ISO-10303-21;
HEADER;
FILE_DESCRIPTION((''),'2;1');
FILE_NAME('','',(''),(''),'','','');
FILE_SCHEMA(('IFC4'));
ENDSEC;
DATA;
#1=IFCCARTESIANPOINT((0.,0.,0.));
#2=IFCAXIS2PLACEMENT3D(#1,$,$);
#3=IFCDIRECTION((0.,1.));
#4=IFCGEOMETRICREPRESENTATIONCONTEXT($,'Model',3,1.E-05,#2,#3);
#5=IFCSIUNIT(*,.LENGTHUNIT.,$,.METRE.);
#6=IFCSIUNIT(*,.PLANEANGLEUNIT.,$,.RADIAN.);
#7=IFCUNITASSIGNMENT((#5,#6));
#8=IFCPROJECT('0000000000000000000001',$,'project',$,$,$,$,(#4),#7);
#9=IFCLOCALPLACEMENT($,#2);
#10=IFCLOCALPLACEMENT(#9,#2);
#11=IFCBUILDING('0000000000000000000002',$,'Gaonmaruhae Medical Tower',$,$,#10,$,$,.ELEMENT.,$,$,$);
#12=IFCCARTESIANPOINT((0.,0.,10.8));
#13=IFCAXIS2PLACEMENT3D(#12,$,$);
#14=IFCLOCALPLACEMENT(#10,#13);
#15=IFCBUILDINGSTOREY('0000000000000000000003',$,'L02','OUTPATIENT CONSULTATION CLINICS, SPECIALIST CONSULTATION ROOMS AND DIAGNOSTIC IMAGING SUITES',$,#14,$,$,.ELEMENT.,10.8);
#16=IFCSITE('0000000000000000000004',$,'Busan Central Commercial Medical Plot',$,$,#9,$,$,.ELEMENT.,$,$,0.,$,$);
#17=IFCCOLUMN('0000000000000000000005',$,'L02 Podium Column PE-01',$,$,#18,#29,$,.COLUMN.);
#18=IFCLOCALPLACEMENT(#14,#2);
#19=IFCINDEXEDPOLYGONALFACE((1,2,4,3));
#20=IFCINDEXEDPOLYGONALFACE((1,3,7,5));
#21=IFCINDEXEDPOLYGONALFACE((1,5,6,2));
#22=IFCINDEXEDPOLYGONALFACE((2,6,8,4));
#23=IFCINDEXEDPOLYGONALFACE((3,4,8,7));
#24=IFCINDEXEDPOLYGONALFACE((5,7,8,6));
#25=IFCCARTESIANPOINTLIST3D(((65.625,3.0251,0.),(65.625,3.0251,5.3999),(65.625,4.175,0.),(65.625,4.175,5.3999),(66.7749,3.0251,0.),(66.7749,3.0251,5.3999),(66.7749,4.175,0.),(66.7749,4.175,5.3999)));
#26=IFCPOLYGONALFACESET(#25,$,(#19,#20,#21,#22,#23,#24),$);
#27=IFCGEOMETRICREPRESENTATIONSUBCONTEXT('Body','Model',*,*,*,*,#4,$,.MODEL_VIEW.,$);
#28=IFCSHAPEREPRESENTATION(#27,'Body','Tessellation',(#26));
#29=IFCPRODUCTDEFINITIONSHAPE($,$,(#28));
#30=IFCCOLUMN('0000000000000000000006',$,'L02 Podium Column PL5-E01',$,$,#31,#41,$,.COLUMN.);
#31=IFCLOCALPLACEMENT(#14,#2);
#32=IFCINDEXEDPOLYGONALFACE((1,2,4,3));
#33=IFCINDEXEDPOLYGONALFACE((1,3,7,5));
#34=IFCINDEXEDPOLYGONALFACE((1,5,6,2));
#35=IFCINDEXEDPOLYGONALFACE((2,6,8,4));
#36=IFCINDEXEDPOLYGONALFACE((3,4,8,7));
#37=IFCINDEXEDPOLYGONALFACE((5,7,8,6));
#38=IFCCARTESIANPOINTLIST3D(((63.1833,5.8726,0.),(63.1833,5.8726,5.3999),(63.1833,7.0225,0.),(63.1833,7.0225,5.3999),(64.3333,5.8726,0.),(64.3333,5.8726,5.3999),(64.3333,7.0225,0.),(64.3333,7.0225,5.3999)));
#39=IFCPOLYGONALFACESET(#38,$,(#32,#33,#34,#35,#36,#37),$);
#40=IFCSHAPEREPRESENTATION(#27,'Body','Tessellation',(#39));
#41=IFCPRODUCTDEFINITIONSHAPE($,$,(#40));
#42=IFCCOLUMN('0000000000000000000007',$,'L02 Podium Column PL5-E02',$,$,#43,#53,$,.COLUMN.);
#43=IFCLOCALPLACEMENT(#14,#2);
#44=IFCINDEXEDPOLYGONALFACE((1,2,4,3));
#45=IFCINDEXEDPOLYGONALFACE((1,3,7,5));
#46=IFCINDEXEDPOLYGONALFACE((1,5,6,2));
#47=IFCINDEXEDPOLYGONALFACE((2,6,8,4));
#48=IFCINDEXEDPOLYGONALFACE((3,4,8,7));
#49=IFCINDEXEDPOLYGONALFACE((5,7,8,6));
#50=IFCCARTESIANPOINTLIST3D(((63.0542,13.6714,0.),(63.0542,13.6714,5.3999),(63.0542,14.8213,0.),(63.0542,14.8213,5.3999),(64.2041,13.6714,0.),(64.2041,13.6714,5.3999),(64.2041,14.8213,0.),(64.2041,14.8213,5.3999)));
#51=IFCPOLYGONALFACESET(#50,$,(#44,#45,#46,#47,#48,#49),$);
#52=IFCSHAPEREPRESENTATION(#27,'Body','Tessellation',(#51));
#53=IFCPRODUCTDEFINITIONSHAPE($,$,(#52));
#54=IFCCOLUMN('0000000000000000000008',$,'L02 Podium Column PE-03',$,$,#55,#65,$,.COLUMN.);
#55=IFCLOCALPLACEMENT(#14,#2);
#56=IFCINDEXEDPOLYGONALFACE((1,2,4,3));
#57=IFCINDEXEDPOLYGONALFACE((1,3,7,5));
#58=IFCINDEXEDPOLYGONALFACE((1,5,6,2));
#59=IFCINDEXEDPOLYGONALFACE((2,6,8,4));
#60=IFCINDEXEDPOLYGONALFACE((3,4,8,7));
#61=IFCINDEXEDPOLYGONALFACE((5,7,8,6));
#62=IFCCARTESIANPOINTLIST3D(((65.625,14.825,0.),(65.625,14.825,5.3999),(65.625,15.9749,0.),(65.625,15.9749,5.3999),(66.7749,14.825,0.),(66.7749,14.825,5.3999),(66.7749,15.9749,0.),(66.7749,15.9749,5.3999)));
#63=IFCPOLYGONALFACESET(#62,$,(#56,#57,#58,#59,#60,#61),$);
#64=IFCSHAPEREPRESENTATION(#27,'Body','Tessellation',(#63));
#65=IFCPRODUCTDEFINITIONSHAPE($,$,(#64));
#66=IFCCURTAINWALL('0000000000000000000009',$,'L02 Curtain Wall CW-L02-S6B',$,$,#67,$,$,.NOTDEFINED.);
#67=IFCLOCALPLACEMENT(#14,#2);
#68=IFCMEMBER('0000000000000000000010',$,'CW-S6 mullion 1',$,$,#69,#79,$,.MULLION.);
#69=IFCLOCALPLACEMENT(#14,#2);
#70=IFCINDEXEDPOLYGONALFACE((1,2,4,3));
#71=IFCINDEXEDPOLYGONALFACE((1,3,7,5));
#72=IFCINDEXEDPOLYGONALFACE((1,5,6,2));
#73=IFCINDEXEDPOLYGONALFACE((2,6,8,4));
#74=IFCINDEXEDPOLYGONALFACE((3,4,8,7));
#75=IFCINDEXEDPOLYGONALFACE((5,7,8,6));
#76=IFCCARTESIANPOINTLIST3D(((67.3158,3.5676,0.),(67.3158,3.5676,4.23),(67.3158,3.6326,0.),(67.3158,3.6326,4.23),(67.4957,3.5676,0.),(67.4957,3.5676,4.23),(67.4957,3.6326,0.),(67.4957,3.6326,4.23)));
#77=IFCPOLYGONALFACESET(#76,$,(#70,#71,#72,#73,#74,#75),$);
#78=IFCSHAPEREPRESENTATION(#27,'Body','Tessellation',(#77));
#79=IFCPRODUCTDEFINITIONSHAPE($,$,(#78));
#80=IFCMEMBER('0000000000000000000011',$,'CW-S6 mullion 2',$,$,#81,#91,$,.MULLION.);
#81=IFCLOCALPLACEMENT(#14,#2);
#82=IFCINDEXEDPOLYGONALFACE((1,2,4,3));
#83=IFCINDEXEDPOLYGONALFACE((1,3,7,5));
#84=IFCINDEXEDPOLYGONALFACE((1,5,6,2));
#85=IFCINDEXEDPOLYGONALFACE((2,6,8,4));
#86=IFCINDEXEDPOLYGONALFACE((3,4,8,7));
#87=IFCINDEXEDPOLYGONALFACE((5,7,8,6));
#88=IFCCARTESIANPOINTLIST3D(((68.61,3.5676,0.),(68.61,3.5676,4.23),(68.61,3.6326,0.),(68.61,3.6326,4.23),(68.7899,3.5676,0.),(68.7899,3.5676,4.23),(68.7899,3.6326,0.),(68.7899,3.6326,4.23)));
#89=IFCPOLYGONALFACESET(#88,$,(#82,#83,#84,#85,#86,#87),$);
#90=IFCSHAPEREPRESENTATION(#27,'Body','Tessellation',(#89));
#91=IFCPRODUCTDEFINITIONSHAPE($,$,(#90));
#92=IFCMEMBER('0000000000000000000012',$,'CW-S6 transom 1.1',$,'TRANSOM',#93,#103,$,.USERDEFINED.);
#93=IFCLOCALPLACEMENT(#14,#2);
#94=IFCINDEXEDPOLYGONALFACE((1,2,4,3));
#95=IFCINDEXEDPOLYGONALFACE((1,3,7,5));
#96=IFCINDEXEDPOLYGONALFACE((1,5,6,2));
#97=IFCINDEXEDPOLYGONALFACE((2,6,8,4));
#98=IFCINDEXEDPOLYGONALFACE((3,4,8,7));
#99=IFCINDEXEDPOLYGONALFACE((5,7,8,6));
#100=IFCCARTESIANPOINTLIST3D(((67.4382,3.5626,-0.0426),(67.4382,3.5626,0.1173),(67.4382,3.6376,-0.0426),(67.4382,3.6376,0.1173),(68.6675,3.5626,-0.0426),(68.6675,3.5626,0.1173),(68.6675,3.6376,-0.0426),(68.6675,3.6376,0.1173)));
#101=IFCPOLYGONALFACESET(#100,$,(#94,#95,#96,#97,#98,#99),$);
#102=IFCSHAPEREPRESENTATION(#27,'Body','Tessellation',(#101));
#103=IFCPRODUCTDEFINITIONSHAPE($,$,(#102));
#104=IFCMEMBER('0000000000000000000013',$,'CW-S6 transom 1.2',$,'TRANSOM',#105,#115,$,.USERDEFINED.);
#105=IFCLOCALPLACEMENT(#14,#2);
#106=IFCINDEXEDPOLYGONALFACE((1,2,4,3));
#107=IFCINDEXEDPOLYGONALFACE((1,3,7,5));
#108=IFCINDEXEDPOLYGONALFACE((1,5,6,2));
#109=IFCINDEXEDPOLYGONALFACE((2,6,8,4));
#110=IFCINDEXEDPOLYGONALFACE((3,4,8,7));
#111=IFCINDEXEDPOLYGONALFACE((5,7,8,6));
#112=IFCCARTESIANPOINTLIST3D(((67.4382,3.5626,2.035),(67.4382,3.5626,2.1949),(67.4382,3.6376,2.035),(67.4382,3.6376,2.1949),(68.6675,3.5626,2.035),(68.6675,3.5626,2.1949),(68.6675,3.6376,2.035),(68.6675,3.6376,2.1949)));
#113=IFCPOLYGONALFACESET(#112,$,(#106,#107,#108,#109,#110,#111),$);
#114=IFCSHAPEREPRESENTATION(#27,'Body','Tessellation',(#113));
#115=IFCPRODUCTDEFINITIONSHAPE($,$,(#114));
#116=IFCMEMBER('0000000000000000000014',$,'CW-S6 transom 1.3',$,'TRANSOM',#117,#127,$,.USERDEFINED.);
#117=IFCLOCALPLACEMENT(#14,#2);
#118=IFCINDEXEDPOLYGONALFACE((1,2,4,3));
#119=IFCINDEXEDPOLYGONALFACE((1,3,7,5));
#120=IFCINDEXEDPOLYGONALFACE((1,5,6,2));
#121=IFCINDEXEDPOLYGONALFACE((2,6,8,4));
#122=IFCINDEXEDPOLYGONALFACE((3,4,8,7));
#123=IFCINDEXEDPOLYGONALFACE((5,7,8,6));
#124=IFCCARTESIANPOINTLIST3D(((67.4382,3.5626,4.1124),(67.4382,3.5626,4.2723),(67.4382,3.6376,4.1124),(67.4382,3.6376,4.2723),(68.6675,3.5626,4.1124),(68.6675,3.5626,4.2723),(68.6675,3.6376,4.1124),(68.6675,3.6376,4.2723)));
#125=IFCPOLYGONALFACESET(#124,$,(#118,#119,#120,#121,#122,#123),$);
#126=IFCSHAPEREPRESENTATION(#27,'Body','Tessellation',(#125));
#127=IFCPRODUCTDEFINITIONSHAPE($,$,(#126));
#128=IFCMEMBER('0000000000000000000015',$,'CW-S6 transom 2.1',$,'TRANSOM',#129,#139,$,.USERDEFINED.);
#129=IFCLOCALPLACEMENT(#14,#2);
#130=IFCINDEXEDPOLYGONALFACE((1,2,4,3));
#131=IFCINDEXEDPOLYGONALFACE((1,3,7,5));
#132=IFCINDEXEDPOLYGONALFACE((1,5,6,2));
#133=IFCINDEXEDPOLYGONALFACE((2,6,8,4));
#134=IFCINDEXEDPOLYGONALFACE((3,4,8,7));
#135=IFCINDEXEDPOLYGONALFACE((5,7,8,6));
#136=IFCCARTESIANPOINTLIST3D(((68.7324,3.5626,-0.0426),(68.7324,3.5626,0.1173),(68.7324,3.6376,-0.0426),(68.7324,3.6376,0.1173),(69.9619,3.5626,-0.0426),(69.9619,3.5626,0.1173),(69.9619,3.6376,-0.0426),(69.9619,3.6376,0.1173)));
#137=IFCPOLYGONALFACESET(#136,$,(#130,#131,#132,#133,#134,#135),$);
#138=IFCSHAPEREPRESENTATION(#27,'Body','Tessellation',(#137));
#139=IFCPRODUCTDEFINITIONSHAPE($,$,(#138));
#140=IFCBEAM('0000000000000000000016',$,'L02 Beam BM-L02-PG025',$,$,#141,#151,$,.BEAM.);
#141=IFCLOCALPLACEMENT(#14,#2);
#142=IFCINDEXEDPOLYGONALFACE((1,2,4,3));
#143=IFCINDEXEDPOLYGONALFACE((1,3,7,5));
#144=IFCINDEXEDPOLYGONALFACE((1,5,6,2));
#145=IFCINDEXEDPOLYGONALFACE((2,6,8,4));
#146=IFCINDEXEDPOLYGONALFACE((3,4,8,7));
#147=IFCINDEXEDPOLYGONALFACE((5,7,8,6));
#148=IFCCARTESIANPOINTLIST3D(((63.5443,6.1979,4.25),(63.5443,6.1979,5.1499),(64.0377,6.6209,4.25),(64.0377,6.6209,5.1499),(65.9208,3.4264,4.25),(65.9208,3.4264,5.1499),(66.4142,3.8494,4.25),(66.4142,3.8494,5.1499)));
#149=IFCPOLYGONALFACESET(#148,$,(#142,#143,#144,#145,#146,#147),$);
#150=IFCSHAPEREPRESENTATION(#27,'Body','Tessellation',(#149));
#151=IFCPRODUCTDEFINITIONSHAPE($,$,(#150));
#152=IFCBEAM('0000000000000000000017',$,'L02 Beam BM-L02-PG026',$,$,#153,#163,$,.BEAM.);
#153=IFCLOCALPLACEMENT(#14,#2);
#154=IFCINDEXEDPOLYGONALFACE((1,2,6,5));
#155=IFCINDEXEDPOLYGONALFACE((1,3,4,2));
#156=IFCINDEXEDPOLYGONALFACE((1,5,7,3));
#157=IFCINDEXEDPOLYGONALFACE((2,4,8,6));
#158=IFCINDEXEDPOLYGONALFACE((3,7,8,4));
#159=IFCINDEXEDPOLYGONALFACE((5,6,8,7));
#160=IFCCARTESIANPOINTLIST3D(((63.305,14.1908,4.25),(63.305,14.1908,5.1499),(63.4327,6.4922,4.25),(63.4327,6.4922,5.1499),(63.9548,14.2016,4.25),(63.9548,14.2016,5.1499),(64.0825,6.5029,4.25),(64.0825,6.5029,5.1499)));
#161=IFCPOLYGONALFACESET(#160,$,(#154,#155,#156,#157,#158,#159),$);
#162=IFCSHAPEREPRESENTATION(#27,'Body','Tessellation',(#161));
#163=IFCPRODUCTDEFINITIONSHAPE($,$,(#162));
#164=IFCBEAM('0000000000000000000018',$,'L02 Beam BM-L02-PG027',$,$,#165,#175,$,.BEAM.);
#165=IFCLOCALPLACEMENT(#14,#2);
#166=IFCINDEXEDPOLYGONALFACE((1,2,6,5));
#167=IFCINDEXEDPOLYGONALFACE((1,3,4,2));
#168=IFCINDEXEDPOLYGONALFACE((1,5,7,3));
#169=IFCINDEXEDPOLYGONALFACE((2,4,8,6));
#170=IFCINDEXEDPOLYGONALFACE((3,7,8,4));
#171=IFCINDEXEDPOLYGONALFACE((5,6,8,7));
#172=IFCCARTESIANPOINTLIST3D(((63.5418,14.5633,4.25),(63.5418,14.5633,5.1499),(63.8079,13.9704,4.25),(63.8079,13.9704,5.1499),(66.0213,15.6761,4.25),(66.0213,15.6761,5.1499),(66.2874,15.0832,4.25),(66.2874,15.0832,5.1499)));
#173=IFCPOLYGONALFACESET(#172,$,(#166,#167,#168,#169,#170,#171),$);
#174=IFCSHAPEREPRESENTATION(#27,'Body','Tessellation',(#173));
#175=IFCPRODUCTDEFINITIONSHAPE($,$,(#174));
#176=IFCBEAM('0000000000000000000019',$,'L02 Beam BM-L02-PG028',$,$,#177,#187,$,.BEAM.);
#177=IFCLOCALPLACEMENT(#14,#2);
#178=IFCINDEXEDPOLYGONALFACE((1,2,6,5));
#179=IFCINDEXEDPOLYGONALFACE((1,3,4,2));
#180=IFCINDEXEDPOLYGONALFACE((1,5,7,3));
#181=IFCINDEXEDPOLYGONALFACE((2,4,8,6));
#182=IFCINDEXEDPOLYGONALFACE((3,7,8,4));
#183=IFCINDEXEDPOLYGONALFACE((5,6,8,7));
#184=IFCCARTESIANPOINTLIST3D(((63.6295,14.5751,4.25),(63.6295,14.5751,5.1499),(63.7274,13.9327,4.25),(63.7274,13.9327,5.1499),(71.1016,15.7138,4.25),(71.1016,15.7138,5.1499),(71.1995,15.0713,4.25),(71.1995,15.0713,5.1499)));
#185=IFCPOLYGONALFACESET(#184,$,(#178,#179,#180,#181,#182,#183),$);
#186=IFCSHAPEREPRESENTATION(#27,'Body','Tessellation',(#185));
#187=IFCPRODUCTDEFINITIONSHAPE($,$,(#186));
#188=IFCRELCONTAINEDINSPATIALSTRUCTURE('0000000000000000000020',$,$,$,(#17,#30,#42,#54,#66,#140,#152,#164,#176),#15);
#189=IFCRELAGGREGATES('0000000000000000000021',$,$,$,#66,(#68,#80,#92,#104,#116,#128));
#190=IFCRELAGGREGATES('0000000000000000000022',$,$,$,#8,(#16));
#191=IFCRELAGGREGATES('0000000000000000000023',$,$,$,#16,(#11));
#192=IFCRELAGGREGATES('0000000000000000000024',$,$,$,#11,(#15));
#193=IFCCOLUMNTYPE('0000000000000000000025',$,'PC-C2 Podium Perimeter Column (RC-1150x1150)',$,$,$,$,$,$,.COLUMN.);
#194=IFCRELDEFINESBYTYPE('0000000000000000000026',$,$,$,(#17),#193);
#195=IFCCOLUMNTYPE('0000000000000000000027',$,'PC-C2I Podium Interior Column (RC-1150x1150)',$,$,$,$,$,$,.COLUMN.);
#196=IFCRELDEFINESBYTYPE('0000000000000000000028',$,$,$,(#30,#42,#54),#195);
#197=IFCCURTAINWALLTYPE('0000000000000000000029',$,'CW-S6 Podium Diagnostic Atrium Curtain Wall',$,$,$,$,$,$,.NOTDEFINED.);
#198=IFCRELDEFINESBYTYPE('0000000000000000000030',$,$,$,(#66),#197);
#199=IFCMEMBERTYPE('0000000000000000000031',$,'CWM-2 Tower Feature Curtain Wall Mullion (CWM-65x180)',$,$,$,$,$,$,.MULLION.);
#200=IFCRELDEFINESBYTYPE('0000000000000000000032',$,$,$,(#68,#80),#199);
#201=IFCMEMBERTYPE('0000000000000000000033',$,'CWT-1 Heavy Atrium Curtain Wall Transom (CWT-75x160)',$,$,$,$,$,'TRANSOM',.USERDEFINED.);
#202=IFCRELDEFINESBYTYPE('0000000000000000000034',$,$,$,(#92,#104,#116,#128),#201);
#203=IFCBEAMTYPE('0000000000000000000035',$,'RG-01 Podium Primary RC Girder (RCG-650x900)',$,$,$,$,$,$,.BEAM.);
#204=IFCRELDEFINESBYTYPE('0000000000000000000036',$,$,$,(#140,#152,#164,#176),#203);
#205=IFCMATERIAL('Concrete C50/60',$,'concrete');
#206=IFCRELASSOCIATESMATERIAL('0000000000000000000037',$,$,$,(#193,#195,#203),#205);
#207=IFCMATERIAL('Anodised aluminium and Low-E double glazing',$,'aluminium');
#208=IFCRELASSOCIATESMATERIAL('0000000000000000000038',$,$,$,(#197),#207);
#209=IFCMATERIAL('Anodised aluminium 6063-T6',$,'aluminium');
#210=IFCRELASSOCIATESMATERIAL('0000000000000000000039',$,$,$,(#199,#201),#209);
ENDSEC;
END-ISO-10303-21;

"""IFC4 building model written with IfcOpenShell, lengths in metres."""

from ifc_helpers import new_model, si_unit, direction, frame, origin, origin_2d, place, context, subcontext, project, spatial, rectangle, extrude, material, material_profile, profile_set, type_object, element, aggregate, save


model = new_model("IFC4")

# Units and contexts
model_context = context("Model", 3, precision=1e-05, world=origin(), true_north=direction((0.0, 1.0)))
body_context = subcontext(model_context, "Body", "Model", "MODEL_VIEW")
ifc_project = project(units=[si_unit("LENGTHUNIT", "METRE"), si_unit("PLANEANGLEUNIT", "RADIAN")], contexts=[model_context])

# Site, building, storey
site_placement = place(None, origin())
site = spatial("IfcSite", under=ifc_project, at=site_placement, Name="Busan Central Commercial Medical Plot", CompositionType="ELEMENT", RefElevation=0.0)
building_placement = place(site_placement, origin())
building = spatial("IfcBuilding", under=site, at=building_placement, Name="Gaonmaruhae Medical Tower", CompositionType="ELEMENT")
storey_placement = place(building_placement, frame((0.0, 0.0, 10.8)))
storey = spatial("IfcBuildingStorey", under=building, at=storey_placement, Name="L02", Description="OUTPATIENT CONSULTATION CLINICS, SPECIALIST CONSULTATION ROOMS AND DIAGNOSTIC IMAGING SUITES", CompositionType="ELEMENT", Elevation=10.8)

# Columns
ifc_material_1 = material(Name="Concrete C50/60", Category="concrete")
ifc_material_profile_1 = material_profile(ifc_material_1, rectangle(XDim=1.1499, YDim=1.1499, at=origin_2d()), Name="RC-1150x1150")
ifc_profile_set_1 = profile_set([ifc_material_profile_1], Name="Concrete C50/60")
column_type_1 = type_object("IfcColumnType", Name="PC-C2 Podium Perimeter Column (RC-1150x1150)", PredefinedType="COLUMN", material=ifc_profile_set_1)
column_placement = place(storey_placement, frame((66.2, 3.6001, 0.0), z_axis=(0.0, 0.0, 1.0), x_axis=(1.0, 0.0, 0.0)))
element("IfcColumn", 1, at=column_placement, inside=storey, type_object=column_type_1, Name="L02 Podium Column PE-01", PredefinedType="COLUMN", context=body_context, shape_type="SweptSolid", body=[
    extrude(rectangle(XDim=1.1499, YDim=1.1499, at=origin_2d()), origin(), (0.0, 0.0, 1.0), 5.3999),
])
ifc_material_profile_2 = material_profile(ifc_material_1, rectangle(XDim=1.1499, YDim=1.1499, at=origin_2d()), Name="RC-1150x1150")
ifc_profile_set_2 = profile_set([ifc_material_profile_2], Name="Concrete C50/60")
column_type_2 = type_object("IfcColumnType", Name="PC-C2I Podium Interior Column (RC-1150x1150)", PredefinedType="COLUMN", material=ifc_profile_set_2)
for number, where, z_axis, x_axis, name in (
    (2, (63.7583, 6.4475, 0.0), (0.0, 0.0, 1.0), (1.0, 0.0, 0.0), "L02 Podium Column PL5-E01"),
    (3, (63.6292, 14.2463, 0.0), (0.0, 0.0, 1.0), (1.0, 0.0, 0.0), "L02 Podium Column PL5-E02"),
    (4, (66.2, 15.3999, 0.0), (0.0, 0.0, 1.0), (1.0, 0.0, 0.0), "L02 Podium Column PE-03"),
):
    element("IfcColumn", number, at=place(storey_placement, frame(where, z_axis=z_axis, x_axis=x_axis)), inside=storey, type_object=column_type_2, Name=name, PredefinedType="COLUMN", context=body_context, shape_type="SweptSolid", body=[
        extrude(rectangle(XDim=1.1499, YDim=1.1499, at=origin_2d()), origin(), (0.0, 0.0, 1.0), 5.3999),
    ])

# Curtain wall, members
ifc_material_2 = material(Name="Anodised aluminium and Low-E double glazing", Category="aluminium")
curtain_wall_type = type_object("IfcCurtainWallType", Name="CW-S6 Podium Diagnostic Atrium Curtain Wall", PredefinedType="NOTDEFINED", material=ifc_material_2)
curtain_wall_placement = place(storey_placement, origin())
curtain_wall = element("IfcCurtainWall", 5, at=curtain_wall_placement, inside=storey, type_object=curtain_wall_type, Name="L02 Curtain Wall CW-L02-S6B", PredefinedType="NOTDEFINED")
ifc_material_3 = material(Name="Anodised aluminium 6063-T6", Category="aluminium")
ifc_material_profile_3 = material_profile(ifc_material_3, rectangle(XDim=0.0649, YDim=0.1799, at=origin_2d()), Name="CWM-65x180")
ifc_profile_set_3 = profile_set([ifc_material_profile_3], Name="Anodised aluminium 6063-T6")
member_type_1 = type_object("IfcMemberType", Name="CWM-2 Tower Feature Curtain Wall Mullion (CWM-65x180)", PredefinedType="MULLION", material=ifc_profile_set_3)
member_1_placement = place(storey_placement, frame((67.4058, 3.6001, 0.0), z_axis=(0.0, 0.0, 1.0), x_axis=(0.0, 1.0, 0.0)))
member_1 = element("IfcMember", 6, at=member_1_placement, type_object=member_type_1, Name="CW-S6 mullion 1", PredefinedType="MULLION", context=body_context, shape_type="SweptSolid", body=[
    extrude(rectangle(XDim=0.0649, YDim=0.1799, at=origin_2d()), origin(), (0.0, 0.0, 1.0), 4.23),
])
member_2_placement = place(storey_placement, frame((68.7, 3.6001, 0.0), z_axis=(0.0, 0.0, 1.0), x_axis=(0.0, 1.0, 0.0)))
member_2 = element("IfcMember", 7, at=member_2_placement, type_object=member_type_1, Name="CW-S6 mullion 2", PredefinedType="MULLION", context=body_context, shape_type="SweptSolid", body=[
    extrude(rectangle(XDim=0.0649, YDim=0.1799, at=origin_2d()), origin(), (0.0, 0.0, 1.0), 4.23),
])
ifc_material_profile_4 = material_profile(ifc_material_3, rectangle(XDim=0.075, YDim=0.1599, at=origin_2d()), Name="CWT-75x160")
ifc_profile_set_4 = profile_set([ifc_material_profile_4], Name="Anodised aluminium 6063-T6")
member_type_2 = type_object("IfcMemberType", Name="CWT-1 Heavy Atrium Curtain Wall Transom (CWT-75x160)", ElementType="TRANSOM", PredefinedType="USERDEFINED", material=ifc_profile_set_4)
member_3_placement = place(storey_placement, frame((67.4382, 3.6001, 0.0374), z_axis=(1.0, 0.0, 0.0), x_axis=(0.0, 1.0, 0.0)))
member_3 = element("IfcMember", 8, at=member_3_placement, type_object=member_type_2, Name="CW-S6 transom 1.1", ObjectType="TRANSOM", PredefinedType="USERDEFINED", context=body_context, shape_type="SweptSolid", body=[
    extrude(rectangle(XDim=0.075, YDim=0.1599, at=origin_2d()), origin(), (0.0, 0.0, 1.0), 1.2292),
])
member_4_placement = place(storey_placement, frame((67.4382, 3.6001, 2.115), z_axis=(1.0, 0.0, 0.0), x_axis=(0.0, 1.0, 0.0)))
member_4 = element("IfcMember", 9, at=member_4_placement, type_object=member_type_2, Name="CW-S6 transom 1.2", ObjectType="TRANSOM", PredefinedType="USERDEFINED", context=body_context, shape_type="SweptSolid", body=[
    extrude(rectangle(XDim=0.075, YDim=0.1599, at=origin_2d()), origin(), (0.0, 0.0, 1.0), 1.2292),
])
member_5_placement = place(storey_placement, frame((67.4382, 3.6001, 4.1924), z_axis=(1.0, 0.0, 0.0), x_axis=(0.0, 1.0, 0.0)))
member_5 = element("IfcMember", 10, at=member_5_placement, type_object=member_type_2, Name="CW-S6 transom 1.3", ObjectType="TRANSOM", PredefinedType="USERDEFINED", context=body_context, shape_type="SweptSolid", body=[
    extrude(rectangle(XDim=0.075, YDim=0.1599, at=origin_2d()), origin(), (0.0, 0.0, 1.0), 1.2292),
])
member_6_placement = place(storey_placement, frame((68.7324, 3.6001, 0.0374), z_axis=(1.0, 0.0, 0.0), x_axis=(0.0, 1.0, 0.0)))
member_6 = element("IfcMember", 11, at=member_6_placement, type_object=member_type_2, Name="CW-S6 transom 2.1", ObjectType="TRANSOM", PredefinedType="USERDEFINED", context=body_context, shape_type="SweptSolid", body=[
    extrude(rectangle(XDim=0.075, YDim=0.1599, at=origin_2d()), origin(), (0.0, 0.0, 1.0), 1.2295),
])

# Beams
ifc_material_profile_5 = material_profile(ifc_material_1, rectangle(XDim=0.6499, YDim=0.8999, at=origin_2d()), Name="RCG-650x900")
ifc_profile_set_5 = profile_set([ifc_material_profile_5], Name="Concrete C50/60")
beam_type = type_object("IfcBeamType", Name="RG-01 Podium Primary RC Girder (RCG-650x900)", PredefinedType="BEAM", material=ifc_profile_set_5)
beam_1_placement = place(storey_placement, frame((63.791, 6.4094, 4.7), z_axis=(0.650935, -0.759134, 0.0), x_axis=(0.759134, 0.650935, 0.0)))
element("IfcBeam", 12, at=beam_1_placement, inside=storey, type_object=beam_type, Name="L02 Beam BM-L02-PG025", PredefinedType="BEAM", context=body_context, shape_type="SweptSolid", body=[
    extrude(rectangle(XDim=0.6499, YDim=0.8999, at=origin_2d()), origin(), (0.0, 0.0, 1.0), 3.6509),
])
beam_2_placement = place(storey_placement, frame((63.7576, 6.4976, 4.7), z_axis=(-0.016583, 0.999862, 0.0), x_axis=(-0.999862, -0.016583, 0.0)))
element("IfcBeam", 13, at=beam_2_placement, inside=storey, type_object=beam_type, Name="L02 Beam BM-L02-PG026", PredefinedType="BEAM", context=body_context, shape_type="SweptSolid", body=[
    extrude(rectangle(XDim=0.6499, YDim=0.8999, at=origin_2d()), origin(), (0.0, 0.0, 1.0), 7.6997),
])
beam_3_placement = place(storey_placement, frame((63.6748, 14.2668, 4.7), z_axis=(0.912331, 0.409453, 0.0), x_axis=(-0.409453, 0.912331, 0.0)))
element("IfcBeam", 14, at=beam_3_placement, inside=storey, type_object=beam_type, Name="L02 Beam BM-L02-PG027", PredefinedType="BEAM", context=body_context, shape_type="SweptSolid", body=[
    extrude(rectangle(XDim=0.6499, YDim=0.8999, at=origin_2d()), origin(), (0.0, 0.0, 1.0), 2.7178),
])
beam_4_placement = place(storey_placement, frame((63.6785, 14.2539, 4.7), z_axis=(0.988587, 0.150649, 0.0), x_axis=(-0.150649, 0.988587, 0.0)))
element("IfcBeam", 15, at=beam_4_placement, inside=storey, type_object=beam_type, Name="L02 Beam BM-L02-PG028", PredefinedType="BEAM", context=body_context, shape_type="SweptSolid", body=[
    extrude(rectangle(XDim=0.6499, YDim=0.8999, at=origin_2d()), origin(), (0.0, 0.0, 1.0), 7.5583),
])

aggregate(curtain_wall, [member_1, member_2, member_3, member_4, member_5, member_6])

save(model, "model.ifc")
